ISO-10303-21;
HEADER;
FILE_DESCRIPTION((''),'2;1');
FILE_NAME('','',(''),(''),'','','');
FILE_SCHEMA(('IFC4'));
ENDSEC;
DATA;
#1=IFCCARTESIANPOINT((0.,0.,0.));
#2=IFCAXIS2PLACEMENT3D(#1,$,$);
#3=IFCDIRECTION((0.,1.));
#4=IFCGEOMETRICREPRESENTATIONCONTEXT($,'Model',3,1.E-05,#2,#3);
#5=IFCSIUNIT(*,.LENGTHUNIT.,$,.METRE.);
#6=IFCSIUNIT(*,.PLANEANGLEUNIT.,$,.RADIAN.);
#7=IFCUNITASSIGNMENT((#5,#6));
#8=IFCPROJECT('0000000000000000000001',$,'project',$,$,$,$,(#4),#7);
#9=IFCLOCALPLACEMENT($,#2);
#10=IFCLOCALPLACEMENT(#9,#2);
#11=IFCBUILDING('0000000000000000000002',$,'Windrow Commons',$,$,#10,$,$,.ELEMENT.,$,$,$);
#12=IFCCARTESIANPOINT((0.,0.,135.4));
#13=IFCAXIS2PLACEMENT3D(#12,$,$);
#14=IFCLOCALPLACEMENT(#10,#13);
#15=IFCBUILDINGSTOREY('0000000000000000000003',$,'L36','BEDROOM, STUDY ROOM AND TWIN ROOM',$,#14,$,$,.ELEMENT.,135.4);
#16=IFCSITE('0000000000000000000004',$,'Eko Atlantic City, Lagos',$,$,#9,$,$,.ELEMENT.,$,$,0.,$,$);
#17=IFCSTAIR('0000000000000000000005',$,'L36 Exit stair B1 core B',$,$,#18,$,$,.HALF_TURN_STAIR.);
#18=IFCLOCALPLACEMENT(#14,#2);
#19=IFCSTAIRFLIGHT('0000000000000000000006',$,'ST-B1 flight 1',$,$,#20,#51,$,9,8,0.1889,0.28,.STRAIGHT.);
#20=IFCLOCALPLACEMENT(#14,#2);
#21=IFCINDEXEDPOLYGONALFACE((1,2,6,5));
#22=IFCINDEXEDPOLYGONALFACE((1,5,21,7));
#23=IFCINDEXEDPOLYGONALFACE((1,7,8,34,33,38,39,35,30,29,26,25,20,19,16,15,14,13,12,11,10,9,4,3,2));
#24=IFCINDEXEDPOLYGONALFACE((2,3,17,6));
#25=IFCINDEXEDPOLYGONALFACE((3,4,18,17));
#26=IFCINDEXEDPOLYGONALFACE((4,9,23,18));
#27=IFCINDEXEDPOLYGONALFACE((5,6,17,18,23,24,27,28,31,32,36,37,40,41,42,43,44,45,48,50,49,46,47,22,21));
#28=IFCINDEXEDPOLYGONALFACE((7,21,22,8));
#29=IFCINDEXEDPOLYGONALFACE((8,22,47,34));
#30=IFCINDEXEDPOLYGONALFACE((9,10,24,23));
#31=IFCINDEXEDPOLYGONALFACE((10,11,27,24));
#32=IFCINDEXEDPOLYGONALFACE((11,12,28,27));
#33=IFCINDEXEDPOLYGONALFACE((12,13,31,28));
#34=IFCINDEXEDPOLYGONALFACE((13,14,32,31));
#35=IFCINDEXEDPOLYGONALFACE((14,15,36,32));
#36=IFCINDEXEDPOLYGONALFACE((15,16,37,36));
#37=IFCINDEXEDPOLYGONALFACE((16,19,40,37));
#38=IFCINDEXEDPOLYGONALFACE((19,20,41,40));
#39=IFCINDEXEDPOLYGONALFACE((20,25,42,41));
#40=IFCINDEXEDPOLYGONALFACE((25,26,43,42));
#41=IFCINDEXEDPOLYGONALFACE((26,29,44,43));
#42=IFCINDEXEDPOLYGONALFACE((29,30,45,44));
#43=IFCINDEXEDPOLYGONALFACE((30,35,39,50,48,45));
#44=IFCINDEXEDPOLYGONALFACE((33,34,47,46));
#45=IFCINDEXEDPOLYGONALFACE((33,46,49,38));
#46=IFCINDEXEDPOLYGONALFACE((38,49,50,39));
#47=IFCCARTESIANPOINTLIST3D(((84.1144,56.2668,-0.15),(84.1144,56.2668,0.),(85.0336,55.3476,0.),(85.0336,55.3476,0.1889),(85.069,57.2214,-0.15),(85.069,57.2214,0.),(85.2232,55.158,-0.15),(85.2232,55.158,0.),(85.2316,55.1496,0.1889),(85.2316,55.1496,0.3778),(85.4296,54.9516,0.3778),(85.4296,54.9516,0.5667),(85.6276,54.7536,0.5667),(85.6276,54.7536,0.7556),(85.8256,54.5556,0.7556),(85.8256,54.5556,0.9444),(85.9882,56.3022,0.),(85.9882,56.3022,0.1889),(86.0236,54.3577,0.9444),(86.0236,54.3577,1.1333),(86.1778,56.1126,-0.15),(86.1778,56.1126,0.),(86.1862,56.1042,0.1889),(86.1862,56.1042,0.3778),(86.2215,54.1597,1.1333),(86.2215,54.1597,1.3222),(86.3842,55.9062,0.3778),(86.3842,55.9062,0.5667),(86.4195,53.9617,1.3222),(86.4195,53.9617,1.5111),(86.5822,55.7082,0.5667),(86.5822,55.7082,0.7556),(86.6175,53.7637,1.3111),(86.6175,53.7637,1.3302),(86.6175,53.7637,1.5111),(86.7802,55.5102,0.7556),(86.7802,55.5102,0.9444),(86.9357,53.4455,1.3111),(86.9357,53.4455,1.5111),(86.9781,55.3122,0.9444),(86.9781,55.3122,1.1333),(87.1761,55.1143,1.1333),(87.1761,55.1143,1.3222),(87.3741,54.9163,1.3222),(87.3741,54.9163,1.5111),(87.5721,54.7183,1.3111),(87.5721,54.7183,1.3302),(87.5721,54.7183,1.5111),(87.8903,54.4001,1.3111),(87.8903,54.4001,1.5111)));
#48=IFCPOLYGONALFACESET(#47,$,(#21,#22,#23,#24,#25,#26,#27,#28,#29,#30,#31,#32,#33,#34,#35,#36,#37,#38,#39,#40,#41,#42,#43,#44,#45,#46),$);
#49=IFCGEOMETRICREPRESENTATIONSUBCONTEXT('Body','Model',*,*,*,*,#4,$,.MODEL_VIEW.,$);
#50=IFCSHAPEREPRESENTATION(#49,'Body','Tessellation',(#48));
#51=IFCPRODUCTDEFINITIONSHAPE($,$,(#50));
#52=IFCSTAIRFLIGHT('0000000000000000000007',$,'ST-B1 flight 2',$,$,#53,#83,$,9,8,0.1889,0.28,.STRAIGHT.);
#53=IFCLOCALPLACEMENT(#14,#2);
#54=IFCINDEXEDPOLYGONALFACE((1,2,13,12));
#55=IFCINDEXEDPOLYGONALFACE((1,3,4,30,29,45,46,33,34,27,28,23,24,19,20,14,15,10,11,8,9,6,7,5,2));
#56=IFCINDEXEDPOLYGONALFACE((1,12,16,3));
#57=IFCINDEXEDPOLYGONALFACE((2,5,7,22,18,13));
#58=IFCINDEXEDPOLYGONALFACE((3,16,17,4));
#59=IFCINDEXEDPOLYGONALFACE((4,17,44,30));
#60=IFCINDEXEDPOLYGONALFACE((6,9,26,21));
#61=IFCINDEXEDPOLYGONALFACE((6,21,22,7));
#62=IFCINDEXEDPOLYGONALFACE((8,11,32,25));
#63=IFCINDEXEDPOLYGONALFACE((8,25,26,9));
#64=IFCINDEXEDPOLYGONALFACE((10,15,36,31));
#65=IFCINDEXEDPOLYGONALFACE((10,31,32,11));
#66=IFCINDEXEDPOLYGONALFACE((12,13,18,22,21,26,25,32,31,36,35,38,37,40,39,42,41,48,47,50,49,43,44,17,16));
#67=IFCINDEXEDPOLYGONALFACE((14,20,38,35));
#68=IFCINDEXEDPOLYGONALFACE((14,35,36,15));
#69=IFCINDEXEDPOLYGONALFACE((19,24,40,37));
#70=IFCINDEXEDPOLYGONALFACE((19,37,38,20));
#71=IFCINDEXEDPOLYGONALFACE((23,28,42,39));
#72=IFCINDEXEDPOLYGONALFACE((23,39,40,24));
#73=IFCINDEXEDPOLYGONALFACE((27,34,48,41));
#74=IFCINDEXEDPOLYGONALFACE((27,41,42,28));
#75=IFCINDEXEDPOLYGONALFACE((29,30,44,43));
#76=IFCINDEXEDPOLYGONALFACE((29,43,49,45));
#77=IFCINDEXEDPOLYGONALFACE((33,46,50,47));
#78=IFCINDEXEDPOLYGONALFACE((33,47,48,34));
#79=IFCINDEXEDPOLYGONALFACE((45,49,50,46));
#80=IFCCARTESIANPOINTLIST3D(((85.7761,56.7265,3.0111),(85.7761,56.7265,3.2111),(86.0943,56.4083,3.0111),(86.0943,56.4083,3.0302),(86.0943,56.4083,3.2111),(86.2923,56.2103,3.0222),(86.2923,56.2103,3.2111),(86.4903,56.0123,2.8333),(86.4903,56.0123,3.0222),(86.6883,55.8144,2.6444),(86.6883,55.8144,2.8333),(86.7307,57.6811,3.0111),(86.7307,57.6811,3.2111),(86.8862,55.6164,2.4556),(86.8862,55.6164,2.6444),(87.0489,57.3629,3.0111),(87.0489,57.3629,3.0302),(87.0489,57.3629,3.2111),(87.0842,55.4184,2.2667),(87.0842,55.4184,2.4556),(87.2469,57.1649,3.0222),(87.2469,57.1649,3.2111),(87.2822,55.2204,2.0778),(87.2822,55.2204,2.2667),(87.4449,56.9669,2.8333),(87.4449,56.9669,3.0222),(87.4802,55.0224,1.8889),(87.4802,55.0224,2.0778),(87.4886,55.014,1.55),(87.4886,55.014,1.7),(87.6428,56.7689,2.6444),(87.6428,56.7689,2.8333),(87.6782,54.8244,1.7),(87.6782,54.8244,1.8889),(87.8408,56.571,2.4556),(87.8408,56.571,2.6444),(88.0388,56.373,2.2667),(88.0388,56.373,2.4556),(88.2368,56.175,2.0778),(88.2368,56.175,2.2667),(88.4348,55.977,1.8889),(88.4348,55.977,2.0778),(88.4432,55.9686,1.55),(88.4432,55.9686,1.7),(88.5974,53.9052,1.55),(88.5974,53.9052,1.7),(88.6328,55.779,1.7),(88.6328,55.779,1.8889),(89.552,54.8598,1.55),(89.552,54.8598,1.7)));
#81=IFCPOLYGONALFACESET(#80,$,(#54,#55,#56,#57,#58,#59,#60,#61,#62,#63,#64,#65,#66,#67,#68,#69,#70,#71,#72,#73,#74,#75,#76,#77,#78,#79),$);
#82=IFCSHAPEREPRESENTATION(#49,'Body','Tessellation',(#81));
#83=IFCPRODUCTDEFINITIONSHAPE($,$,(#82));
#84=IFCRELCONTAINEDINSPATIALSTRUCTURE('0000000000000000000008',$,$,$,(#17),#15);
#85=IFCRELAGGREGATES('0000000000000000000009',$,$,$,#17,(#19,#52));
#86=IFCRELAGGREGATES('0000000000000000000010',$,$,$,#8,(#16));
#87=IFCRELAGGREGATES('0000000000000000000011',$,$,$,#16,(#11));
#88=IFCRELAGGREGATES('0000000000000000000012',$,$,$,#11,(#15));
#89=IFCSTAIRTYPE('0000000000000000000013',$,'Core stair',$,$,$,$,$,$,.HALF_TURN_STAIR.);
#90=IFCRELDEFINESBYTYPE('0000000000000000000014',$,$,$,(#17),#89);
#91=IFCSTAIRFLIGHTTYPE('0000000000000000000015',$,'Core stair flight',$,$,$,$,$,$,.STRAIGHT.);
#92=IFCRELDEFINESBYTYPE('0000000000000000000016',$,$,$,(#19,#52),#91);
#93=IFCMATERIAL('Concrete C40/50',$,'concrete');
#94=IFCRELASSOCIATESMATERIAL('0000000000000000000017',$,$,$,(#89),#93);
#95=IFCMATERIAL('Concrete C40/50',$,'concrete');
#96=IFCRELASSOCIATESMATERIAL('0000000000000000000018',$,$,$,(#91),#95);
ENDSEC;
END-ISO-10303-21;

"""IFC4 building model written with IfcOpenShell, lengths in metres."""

from ifc_helpers import new_model, si_unit, direction, frame, origin, place, context, subcontext, project, spatial, polyline, outline, extrude, material, type_object, element, aggregate, save


model = new_model("IFC4")

# Units and contexts
model_context = context("Model", 3, precision=1e-05, world=origin(), true_north=direction((0.0, 1.0)))
body_context = subcontext(model_context, "Body", "Model", "MODEL_VIEW")
ifc_project = project(units=[si_unit("LENGTHUNIT", "METRE"), si_unit("PLANEANGLEUNIT", "RADIAN")], contexts=[model_context])

# Site, building, storey
site_placement = place(None, origin())
site = spatial("IfcSite", under=ifc_project, at=site_placement, Name="Eko Atlantic City, Lagos", CompositionType="ELEMENT", RefElevation=0.0)
building_placement = place(site_placement, origin())
building = spatial("IfcBuilding", under=site, at=building_placement, Name="Windrow Commons", CompositionType="ELEMENT")
storey_placement = place(building_placement, frame((0.0, 0.0, 135.4)))
storey = spatial("IfcBuildingStorey", under=building, at=storey_placement, Name="L36", Description="BEDROOM, STUDY ROOM AND TWIN ROOM", CompositionType="ELEMENT", Elevation=135.4)

# Stair, stair flights
ifc_material_1 = material(Name="Concrete C40/50", Category="concrete")
stair_type = type_object("IfcStairType", Name="Core stair", PredefinedType="HALF_TURN_STAIR", material=ifc_material_1)
stair_placement = place(storey_placement, origin())
stair = element("IfcStair", 1, at=stair_placement, inside=storey, type_object=stair_type, Name="L36 Exit stair B1 core B", PredefinedType="HALF_TURN_STAIR")
ifc_material_2 = material(Name="Concrete C40/50", Category="concrete")
stair_flight_type = type_object("IfcStairFlightType", Name="Core stair flight", PredefinedType="STRAIGHT", material=ifc_material_2)
stair_flight_1_placement = place(storey_placement, frame((85.5109, 55.8249, 0.0), z_axis=(0.0, 0.0, 1.0), x_axis=(0.707107, -0.707107, 0.0)))
stair_flight_1 = element("IfcStairFlight", 2, at=stair_flight_1_placement, type_object=stair_flight_type, Name="ST-B1 flight 1", NumberOfRisers=9, NumberOfTreads=8, PredefinedType="STRAIGHT", RiserHeight=0.1889, TreadLength=0.28, context=body_context, shape_type="SweptSolid", body=[
    extrude(outline(polyline([(-1.3, -0.15), (-1.3, 0.0), (0.0, 0.0), (0.0, 0.1889), (0.28, 0.1889), (0.28, 0.3778), (0.56, 0.3778), (0.56, 0.5667), (0.84, 0.5667), (0.84, 0.7556), (1.12, 0.7556), (1.12, 0.9444), (1.4, 0.9444), (1.4, 1.1333), (1.68, 1.1333), (1.68, 1.3222), (1.96, 1.3222), (1.96, 1.5111), (2.24, 1.5111), (2.69, 1.5111), (2.69, 1.3111), (2.24, 1.3111), (2.24, 1.3302), (0.2682, 0.0), (0.2682, -0.15), (-1.3, -0.15)])), frame((0.0, 0.675, 0.0), z_axis=(0.0, -1.0, 0.0), x_axis=(1.0, 0.0, 0.0)), (0.0, 0.0, 1.0), 1.35),
])
stair_flight_2_placement = place(storey_placement, frame((88.1555, 55.3017, 1.7), z_axis=(0.0, 0.0, 1.0), x_axis=(-0.707107, 0.707107, 0.0)))
stair_flight_2 = element("IfcStairFlight", 3, at=stair_flight_2_placement, type_object=stair_flight_type, Name="ST-B1 flight 2", NumberOfRisers=9, NumberOfTreads=8, PredefinedType="STRAIGHT", RiserHeight=0.1889, TreadLength=0.28, context=body_context, shape_type="SweptSolid", body=[
    extrude(outline(polyline([(-1.3, -0.15), (-1.3, 0.0), (0.0, 0.0), (0.0, 0.1889), (0.28, 0.1889), (0.28, 0.3778), (0.56, 0.3778), (0.56, 0.5667), (0.84, 0.5667), (0.84, 0.7556), (1.12, 0.7556), (1.12, 0.9444), (1.4, 0.9444), (1.4, 1.1333), (1.68, 1.1333), (1.68, 1.3222), (1.96, 1.3222), (1.96, 1.5111), (2.24, 1.5111), (2.69, 1.5111), (2.69, 1.3111), (2.24, 1.3111), (2.24, 1.3302), (0.2682, 0.0), (0.2682, -0.15), (-1.3, -0.15)])), frame((0.0, 0.675, 0.0), z_axis=(0.0, -1.0, 0.0), x_axis=(1.0, 0.0, 0.0)), (0.0, 0.0, 1.0), 1.35),
])
aggregate(stair, [stair_flight_1, stair_flight_2])

save(model, "model.ifc")
